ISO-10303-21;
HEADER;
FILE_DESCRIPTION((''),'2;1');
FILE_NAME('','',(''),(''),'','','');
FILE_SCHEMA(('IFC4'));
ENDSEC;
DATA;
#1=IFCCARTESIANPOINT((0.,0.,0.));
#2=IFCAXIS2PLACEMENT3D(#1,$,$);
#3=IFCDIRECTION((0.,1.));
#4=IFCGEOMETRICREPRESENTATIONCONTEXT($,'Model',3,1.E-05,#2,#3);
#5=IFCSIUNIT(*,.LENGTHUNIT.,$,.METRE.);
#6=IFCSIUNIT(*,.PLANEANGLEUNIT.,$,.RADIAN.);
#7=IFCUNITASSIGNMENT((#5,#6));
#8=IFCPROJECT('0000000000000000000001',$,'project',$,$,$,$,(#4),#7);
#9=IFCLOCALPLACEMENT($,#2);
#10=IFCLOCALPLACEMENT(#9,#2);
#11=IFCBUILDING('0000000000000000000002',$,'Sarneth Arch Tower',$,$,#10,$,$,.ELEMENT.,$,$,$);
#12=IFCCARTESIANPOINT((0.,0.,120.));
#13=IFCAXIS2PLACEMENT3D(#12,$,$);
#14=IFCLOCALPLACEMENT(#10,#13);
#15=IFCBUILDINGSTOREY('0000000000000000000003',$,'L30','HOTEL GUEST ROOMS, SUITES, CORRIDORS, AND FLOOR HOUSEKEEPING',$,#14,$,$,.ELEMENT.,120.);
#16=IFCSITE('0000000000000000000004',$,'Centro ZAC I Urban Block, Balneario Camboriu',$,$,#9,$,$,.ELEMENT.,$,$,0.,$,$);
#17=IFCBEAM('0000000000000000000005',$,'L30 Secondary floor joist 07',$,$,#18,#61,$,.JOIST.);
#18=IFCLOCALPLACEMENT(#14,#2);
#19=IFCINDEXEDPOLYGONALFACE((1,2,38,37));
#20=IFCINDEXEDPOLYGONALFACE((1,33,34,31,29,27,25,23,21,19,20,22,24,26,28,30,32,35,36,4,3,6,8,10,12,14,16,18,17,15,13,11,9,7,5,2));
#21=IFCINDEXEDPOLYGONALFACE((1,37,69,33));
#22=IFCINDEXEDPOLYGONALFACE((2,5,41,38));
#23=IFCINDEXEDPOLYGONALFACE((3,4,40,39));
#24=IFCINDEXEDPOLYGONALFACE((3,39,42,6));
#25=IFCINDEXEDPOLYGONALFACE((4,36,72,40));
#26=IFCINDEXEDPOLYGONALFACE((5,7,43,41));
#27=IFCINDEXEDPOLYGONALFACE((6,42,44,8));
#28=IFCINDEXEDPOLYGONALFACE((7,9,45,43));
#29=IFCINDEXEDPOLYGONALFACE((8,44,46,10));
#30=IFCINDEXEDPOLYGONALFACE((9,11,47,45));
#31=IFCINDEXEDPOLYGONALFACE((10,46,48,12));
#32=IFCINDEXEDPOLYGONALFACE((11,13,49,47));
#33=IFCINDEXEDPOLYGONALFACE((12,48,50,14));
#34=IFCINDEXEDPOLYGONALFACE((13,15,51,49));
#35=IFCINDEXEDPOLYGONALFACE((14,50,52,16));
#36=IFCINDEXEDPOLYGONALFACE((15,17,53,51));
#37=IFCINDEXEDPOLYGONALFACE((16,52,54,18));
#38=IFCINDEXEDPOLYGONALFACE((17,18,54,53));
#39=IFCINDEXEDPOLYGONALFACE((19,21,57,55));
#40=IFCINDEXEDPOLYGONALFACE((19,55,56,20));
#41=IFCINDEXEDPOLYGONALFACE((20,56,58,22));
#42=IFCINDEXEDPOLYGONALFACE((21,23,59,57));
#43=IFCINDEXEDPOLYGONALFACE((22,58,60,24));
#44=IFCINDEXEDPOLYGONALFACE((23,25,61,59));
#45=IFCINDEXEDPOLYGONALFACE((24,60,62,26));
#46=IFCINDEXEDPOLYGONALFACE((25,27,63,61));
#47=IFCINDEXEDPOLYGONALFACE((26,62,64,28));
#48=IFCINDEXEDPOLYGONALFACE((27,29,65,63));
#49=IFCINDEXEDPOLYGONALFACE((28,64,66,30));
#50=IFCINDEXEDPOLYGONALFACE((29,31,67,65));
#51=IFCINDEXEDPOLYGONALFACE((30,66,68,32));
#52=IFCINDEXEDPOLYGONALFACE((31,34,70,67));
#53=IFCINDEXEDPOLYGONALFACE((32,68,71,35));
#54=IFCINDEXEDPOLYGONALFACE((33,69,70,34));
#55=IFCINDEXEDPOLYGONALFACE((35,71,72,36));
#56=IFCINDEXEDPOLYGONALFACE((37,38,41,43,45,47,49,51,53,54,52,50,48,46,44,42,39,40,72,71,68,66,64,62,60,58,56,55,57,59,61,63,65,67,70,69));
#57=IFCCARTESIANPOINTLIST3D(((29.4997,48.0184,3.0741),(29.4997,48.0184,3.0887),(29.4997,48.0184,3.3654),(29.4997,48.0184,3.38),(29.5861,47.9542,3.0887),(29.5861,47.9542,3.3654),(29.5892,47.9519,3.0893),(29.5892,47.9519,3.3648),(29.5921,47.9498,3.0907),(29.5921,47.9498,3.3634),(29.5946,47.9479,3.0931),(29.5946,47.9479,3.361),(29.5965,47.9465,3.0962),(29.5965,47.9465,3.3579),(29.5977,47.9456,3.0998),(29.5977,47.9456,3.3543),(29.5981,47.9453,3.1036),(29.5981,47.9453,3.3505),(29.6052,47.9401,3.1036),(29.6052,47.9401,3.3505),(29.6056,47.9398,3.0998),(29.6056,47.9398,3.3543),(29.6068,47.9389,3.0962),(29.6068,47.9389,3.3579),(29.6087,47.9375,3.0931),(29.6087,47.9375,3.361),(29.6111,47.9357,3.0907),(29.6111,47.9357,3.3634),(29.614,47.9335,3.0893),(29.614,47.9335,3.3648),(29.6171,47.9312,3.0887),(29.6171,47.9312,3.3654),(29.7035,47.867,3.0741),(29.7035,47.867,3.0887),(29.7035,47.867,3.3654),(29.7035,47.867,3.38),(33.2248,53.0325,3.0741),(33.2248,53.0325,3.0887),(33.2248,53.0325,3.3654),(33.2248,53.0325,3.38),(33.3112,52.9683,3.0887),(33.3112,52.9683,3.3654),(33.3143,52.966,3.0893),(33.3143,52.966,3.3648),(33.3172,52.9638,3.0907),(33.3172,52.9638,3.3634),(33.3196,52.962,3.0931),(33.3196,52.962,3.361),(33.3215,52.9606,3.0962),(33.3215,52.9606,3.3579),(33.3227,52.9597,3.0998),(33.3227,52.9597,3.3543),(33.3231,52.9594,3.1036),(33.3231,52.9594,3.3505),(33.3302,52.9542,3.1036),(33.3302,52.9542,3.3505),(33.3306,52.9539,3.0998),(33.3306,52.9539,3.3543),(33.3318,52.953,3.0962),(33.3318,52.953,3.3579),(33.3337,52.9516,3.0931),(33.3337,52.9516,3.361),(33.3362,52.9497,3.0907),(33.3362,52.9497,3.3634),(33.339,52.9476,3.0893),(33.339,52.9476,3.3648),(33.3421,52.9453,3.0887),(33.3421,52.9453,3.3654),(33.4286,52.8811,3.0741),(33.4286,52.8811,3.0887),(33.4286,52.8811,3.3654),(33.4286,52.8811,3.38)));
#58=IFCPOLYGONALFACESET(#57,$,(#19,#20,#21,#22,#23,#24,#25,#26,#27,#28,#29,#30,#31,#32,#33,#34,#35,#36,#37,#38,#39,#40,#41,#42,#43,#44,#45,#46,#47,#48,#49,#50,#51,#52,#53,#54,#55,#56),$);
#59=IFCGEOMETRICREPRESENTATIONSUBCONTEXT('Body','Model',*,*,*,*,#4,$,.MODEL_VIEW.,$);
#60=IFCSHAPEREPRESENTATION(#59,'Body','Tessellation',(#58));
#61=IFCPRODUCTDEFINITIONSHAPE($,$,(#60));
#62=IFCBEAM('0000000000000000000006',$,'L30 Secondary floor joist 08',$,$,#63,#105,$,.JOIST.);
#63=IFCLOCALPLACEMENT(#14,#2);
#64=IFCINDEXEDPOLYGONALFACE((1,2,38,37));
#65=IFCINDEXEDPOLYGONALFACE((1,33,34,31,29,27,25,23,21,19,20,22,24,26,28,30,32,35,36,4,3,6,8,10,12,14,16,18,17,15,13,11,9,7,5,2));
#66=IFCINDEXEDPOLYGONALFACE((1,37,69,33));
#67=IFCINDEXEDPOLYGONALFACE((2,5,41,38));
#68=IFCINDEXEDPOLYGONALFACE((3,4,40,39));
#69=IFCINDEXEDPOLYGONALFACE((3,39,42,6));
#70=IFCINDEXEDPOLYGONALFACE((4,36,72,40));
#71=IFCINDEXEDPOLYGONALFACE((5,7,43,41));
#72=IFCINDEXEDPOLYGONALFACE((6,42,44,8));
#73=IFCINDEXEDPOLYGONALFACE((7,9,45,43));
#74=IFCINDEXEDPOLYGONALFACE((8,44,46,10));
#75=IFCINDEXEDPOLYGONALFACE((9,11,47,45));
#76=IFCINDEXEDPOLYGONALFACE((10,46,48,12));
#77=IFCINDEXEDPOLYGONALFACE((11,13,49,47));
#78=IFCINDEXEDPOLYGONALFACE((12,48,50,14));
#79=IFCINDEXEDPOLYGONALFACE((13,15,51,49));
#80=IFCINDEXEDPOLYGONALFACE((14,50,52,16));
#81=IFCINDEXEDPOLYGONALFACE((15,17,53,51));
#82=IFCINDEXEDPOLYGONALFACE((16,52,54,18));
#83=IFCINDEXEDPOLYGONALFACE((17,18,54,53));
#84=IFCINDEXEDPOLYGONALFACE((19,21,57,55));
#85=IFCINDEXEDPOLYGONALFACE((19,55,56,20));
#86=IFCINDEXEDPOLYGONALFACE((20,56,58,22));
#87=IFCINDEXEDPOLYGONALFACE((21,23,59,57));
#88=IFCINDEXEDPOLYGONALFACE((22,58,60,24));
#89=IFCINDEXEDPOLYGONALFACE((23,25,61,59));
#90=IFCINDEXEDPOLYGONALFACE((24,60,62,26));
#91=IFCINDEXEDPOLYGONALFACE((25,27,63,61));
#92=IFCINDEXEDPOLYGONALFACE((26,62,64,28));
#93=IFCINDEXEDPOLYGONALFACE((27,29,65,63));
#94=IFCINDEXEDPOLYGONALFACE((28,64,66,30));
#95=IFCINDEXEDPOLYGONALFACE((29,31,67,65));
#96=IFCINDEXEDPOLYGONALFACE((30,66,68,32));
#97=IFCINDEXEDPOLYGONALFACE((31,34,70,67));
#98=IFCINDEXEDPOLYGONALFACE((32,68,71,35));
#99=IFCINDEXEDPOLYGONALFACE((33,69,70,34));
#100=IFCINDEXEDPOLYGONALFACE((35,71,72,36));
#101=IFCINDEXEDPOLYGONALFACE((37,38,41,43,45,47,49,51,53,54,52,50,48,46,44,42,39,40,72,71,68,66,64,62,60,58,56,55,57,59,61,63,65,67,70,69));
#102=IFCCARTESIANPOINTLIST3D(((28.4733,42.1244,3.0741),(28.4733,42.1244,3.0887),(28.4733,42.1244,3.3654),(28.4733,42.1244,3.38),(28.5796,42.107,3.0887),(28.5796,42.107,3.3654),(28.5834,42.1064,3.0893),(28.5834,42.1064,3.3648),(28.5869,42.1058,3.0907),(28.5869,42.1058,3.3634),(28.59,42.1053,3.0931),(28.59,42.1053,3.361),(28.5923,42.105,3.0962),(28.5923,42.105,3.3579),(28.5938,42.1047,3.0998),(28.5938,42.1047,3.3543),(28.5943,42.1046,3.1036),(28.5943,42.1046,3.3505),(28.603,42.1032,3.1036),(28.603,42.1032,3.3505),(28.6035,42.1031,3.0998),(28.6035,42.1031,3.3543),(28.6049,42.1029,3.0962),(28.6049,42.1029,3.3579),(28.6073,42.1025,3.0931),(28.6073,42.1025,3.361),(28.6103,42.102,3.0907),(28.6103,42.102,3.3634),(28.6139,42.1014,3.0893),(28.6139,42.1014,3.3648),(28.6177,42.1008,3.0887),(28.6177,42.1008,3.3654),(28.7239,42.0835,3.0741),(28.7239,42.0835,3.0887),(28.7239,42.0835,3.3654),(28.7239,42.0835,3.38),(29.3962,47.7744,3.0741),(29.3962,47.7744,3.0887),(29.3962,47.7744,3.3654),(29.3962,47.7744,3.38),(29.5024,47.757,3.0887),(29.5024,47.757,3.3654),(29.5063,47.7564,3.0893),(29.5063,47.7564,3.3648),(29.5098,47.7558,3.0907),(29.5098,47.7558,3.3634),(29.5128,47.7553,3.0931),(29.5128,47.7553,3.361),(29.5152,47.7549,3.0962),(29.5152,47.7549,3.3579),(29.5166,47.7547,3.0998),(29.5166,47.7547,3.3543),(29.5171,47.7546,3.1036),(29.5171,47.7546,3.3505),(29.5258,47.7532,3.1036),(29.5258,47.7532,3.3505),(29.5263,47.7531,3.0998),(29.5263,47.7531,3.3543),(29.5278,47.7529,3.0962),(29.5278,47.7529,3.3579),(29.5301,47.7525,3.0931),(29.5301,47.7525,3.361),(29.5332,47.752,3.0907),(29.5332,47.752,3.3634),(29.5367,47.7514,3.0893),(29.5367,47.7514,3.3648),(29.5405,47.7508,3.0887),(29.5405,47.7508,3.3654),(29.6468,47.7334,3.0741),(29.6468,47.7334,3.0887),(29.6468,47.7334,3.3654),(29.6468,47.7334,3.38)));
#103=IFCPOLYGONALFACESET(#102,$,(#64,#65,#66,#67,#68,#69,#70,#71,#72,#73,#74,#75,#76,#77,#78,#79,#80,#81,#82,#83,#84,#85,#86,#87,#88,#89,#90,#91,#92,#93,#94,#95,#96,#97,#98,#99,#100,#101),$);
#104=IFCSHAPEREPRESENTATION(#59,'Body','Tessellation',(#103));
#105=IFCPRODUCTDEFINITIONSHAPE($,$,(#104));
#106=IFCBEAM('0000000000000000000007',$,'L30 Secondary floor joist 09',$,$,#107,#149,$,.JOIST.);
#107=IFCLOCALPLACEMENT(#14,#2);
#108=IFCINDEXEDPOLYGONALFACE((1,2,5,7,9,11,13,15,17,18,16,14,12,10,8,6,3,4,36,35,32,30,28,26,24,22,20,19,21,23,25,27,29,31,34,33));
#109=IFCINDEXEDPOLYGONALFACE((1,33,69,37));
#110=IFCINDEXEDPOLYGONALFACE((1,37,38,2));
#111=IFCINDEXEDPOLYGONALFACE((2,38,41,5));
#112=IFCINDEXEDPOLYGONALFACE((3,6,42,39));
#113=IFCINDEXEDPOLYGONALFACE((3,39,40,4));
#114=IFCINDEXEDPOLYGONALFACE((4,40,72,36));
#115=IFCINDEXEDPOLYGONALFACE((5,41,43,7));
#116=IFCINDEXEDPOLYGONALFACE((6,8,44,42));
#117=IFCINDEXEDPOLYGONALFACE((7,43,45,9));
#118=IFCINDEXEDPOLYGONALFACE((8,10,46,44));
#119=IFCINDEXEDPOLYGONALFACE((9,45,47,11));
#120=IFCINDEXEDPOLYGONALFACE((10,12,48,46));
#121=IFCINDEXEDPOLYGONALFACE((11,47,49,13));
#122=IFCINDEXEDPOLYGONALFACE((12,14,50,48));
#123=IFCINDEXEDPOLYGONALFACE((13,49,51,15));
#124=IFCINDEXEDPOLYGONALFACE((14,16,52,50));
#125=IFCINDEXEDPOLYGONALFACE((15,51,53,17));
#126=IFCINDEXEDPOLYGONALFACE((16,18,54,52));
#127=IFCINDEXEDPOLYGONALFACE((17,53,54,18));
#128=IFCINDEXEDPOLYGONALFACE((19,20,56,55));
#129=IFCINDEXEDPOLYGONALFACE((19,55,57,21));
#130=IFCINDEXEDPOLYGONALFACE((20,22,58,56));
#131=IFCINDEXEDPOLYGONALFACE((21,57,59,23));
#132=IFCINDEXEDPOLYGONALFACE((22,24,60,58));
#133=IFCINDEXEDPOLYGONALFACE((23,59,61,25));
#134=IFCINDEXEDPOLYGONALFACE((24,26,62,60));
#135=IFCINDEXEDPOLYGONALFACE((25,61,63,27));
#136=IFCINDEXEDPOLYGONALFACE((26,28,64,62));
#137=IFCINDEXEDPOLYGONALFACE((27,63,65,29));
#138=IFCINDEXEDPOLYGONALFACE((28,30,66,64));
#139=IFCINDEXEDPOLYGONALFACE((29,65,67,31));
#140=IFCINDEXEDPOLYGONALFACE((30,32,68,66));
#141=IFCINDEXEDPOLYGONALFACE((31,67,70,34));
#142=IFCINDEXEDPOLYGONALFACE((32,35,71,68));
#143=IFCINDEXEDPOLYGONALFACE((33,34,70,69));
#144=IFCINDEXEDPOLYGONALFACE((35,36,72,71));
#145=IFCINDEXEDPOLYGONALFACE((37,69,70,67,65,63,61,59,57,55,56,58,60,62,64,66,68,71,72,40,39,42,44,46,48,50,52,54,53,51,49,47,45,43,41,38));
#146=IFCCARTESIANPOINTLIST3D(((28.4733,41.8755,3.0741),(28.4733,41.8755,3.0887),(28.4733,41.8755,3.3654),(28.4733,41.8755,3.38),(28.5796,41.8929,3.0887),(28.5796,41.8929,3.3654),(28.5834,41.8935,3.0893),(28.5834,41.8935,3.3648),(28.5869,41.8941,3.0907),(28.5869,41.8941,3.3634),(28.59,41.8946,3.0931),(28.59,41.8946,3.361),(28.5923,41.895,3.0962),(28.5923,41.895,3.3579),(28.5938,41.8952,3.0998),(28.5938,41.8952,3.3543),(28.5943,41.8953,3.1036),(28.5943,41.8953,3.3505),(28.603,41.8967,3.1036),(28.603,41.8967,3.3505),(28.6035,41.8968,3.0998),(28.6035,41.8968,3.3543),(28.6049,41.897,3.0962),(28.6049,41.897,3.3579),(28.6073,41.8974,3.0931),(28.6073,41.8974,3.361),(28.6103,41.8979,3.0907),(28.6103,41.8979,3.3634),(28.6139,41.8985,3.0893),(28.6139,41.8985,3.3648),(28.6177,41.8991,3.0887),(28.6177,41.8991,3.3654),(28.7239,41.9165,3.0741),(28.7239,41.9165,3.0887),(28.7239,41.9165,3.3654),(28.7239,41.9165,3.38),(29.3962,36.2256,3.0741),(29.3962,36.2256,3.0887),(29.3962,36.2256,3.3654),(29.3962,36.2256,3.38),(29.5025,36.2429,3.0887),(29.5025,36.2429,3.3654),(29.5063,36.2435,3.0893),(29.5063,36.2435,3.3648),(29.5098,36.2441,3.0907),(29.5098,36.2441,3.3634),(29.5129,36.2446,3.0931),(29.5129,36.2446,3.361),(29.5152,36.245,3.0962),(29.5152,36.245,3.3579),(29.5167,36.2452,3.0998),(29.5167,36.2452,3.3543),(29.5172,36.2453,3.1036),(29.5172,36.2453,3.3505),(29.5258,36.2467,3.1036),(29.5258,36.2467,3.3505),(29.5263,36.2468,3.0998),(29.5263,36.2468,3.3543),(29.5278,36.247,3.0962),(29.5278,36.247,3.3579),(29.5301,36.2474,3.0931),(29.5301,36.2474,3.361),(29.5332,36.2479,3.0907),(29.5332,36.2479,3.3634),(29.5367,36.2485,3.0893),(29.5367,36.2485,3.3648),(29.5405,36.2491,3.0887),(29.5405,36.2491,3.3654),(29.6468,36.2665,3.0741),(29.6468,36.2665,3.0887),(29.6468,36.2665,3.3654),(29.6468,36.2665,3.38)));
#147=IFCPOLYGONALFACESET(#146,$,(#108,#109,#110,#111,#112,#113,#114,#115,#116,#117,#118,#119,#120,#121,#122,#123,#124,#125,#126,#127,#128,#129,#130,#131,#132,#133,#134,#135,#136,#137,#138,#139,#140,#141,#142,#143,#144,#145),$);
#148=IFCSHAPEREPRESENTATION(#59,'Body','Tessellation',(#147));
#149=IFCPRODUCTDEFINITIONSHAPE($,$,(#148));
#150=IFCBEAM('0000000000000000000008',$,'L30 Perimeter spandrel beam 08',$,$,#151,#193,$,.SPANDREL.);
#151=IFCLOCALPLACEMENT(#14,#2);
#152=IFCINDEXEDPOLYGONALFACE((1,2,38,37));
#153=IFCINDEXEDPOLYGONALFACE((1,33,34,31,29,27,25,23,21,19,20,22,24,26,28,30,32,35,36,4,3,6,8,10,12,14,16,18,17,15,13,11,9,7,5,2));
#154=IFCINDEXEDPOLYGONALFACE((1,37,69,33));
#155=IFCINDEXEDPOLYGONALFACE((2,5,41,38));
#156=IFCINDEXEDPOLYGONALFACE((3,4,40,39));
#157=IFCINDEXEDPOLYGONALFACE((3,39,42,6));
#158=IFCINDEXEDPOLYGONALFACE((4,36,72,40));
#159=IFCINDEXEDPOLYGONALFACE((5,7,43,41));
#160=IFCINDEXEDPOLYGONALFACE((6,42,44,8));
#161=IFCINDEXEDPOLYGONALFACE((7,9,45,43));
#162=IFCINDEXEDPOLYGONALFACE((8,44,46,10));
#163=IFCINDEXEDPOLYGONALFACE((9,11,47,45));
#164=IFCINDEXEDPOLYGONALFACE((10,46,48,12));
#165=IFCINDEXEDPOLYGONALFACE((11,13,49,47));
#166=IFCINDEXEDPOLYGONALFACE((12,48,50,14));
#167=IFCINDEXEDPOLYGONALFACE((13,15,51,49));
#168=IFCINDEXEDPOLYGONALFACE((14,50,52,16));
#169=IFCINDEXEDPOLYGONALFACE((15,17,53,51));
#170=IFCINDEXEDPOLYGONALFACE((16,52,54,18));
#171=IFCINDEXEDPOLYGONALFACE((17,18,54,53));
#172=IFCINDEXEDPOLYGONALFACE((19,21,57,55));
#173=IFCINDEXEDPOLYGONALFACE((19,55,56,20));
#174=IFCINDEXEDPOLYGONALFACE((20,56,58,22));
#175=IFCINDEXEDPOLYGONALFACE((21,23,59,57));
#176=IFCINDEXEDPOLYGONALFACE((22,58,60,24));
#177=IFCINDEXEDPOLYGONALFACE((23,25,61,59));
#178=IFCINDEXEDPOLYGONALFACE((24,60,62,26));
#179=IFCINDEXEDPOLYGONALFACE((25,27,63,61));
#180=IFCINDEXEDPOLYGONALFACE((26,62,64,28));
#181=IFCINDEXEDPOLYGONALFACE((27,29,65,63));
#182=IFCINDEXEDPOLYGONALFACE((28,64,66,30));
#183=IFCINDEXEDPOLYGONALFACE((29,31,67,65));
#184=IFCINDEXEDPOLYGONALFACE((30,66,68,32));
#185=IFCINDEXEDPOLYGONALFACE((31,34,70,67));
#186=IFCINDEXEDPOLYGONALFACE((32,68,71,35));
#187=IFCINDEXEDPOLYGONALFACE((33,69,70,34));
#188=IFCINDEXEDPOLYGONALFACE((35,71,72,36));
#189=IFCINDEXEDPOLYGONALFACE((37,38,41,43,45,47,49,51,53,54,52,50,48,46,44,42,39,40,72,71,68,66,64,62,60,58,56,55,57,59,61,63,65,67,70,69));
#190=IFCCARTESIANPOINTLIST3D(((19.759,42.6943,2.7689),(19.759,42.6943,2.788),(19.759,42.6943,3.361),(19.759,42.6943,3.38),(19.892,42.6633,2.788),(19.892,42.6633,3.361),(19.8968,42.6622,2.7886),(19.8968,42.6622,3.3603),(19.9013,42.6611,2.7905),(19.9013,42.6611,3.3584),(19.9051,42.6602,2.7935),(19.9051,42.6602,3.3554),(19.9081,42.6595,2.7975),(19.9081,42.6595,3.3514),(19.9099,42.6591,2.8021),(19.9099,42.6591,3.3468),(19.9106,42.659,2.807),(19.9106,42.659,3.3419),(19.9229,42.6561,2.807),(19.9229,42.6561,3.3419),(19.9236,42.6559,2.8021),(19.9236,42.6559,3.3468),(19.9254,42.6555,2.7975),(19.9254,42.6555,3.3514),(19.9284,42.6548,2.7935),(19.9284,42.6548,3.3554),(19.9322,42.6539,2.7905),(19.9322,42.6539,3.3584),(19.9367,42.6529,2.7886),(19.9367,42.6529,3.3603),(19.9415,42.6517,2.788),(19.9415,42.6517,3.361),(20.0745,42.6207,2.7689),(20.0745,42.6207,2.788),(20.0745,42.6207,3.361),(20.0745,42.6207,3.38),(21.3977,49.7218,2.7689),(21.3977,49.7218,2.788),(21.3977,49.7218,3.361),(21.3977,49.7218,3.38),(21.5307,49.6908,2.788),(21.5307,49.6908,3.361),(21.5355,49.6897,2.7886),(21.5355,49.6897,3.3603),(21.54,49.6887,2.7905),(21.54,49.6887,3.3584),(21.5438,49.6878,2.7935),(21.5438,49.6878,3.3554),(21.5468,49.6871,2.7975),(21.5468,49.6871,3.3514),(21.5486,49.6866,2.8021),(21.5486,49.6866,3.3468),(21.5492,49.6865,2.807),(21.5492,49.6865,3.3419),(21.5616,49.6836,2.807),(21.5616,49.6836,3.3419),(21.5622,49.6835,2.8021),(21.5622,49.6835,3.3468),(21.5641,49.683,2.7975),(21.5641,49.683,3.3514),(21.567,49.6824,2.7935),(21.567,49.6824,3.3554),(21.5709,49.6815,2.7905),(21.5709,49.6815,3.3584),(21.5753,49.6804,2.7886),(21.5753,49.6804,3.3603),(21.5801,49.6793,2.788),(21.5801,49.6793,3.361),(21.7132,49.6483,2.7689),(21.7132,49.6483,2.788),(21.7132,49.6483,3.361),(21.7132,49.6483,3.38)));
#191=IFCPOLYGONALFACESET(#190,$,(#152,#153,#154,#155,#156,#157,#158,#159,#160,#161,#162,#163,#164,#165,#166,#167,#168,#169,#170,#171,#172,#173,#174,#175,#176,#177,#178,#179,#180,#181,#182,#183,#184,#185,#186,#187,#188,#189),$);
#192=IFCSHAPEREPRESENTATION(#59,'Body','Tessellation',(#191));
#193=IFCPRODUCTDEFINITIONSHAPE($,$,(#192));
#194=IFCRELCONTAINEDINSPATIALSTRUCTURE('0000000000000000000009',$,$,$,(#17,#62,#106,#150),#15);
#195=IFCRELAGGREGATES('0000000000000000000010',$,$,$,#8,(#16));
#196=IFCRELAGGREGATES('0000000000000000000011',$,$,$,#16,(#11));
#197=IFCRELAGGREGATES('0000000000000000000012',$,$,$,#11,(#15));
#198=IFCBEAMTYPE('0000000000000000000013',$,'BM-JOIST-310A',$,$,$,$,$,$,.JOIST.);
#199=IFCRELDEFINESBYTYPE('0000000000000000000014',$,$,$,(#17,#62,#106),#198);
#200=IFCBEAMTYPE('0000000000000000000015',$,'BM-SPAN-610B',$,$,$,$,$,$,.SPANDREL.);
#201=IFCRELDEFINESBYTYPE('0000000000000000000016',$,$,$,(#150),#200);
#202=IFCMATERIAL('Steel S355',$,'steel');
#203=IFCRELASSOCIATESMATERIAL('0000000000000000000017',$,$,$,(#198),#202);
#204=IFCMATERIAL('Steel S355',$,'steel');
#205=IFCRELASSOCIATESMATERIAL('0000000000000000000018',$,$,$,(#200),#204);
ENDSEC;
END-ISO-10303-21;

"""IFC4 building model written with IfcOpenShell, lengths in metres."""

from ifc_helpers import new_model, si_unit, direction, frame, origin, origin_2d, place, context, subcontext, project, spatial, i_section, extrude, material, material_profile, profile_set, type_object, element, save


model = new_model("IFC4")

# Units and contexts
model_context = context("Model", 3, precision=1e-05, world=origin(), true_north=direction((0.0, 1.0)))
body_context = subcontext(model_context, "Body", "Model", "MODEL_VIEW")
ifc_project = project(units=[si_unit("LENGTHUNIT", "METRE"), si_unit("PLANEANGLEUNIT", "RADIAN")], contexts=[model_context])

# Site, building, storey
site_placement = place(None, origin())
site = spatial("IfcSite", under=ifc_project, at=site_placement, Name="Centro ZAC I Urban Block, Balneario Camboriu", CompositionType="ELEMENT", RefElevation=0.0)
building_placement = place(site_placement, origin())
building = spatial("IfcBuilding", under=site, at=building_placement, Name="Sarneth Arch Tower", CompositionType="ELEMENT")
storey_placement = place(building_placement, frame((0.0, 0.0, 120.0)))
storey = spatial("IfcBuildingStorey", under=building, at=storey_placement, Name="L30", Description="HOTEL GUEST ROOMS, SUITES, CORRIDORS, AND FLOOR HOUSEKEEPING", CompositionType="ELEMENT", Elevation=120.0)

# Beams
ifc_material_1 = material(Name="Steel S355", Category="steel")
ifc_material_profile_1 = material_profile(ifc_material_1, i_section(OverallWidth=0.2539, OverallDepth=0.3059, WebThickness=0.0088, FlangeThickness=0.0146, FilletRadius=0.0149, at=origin_2d()), Name="W310x79")
ifc_profile_set_1 = profile_set([ifc_material_profile_1], Name="Steel S355")
beam_type_1 = type_object("IfcBeamType", Name="BM-JOIST-310A", PredefinedType="JOIST", material=ifc_profile_set_1)
beam_1_placement = place(storey_placement, frame((33.3267, 52.9568, 3.2271), z_axis=(-0.596354, -0.802721, 0.0), x_axis=(0.802721, -0.596354, 0.0)))
element("IfcBeam", 1, at=beam_1_placement, inside=storey, type_object=beam_type_1, Name="L30 Secondary floor joist 07", PredefinedType="JOIST", context=body_context, shape_type="SweptSolid", body=[
    extrude(i_section(OverallWidth=0.2539, OverallDepth=0.3059, WebThickness=0.0088, FlangeThickness=0.0146, FilletRadius=0.0149, at=origin_2d()), origin(), (0.0, 0.0, 1.0), 6.2463),
])
for number, where, z_axis, x_axis, name in (
    (2, (29.5215, 47.7539, 3.2271), (-0.161203, -0.986921, 0.0), (0.986921, -0.161203, 0.0), "L30 Secondary floor joist 08"),
    (3, (28.5986, 41.896, 3.2271), (0.161203, -0.986921, 0.0), (0.986921, 0.161203, 0.0), "L30 Secondary floor joist 09"),
):
    element("IfcBeam", number, at=place(storey_placement, frame(where, z_axis=z_axis, x_axis=x_axis)), inside=storey, type_object=beam_type_1, Name=name, PredefinedType="JOIST", context=body_context, shape_type="SweptSolid", body=[
        extrude(i_section(OverallWidth=0.2539, OverallDepth=0.3059, WebThickness=0.0088, FlangeThickness=0.0146, FilletRadius=0.0149, at=origin_2d()), origin(), (0.0, 0.0, 1.0), 5.7249),
    ])
ifc_material_2 = material(Name="Steel S355", Category="steel")
ifc_material_profile_2 = material_profile(ifc_material_2, i_section(OverallWidth=0.324, OverallDepth=0.6111, WebThickness=0.0127, FlangeThickness=0.019, FilletRadius=0.019, at=origin_2d()), Name="W610x155")
ifc_profile_set_2 = profile_set([ifc_material_profile_2], Name="Steel S355")
beam_type_2 = type_object("IfcBeamType", Name="BM-SPAN-610B", PredefinedType="SPANDREL", material=ifc_profile_set_2)
beam_2_placement = place(storey_placement, frame((21.5554, 49.6851, 3.0745), z_axis=(-0.227085, -0.973875, 0.0), x_axis=(0.973875, -0.227085, 0.0)))
element("IfcBeam", 4, at=beam_2_placement, inside=storey, type_object=beam_type_2, Name="L30 Perimeter spandrel beam 08", PredefinedType="SPANDREL", context=body_context, shape_type="SweptSolid", body=[
    extrude(i_section(OverallWidth=0.324, OverallDepth=0.6111, WebThickness=0.0127, FlangeThickness=0.019, FilletRadius=0.019, at=origin_2d()), origin(), (0.0, 0.0, 1.0), 7.2161),
])

save(model, "model.ifc")
